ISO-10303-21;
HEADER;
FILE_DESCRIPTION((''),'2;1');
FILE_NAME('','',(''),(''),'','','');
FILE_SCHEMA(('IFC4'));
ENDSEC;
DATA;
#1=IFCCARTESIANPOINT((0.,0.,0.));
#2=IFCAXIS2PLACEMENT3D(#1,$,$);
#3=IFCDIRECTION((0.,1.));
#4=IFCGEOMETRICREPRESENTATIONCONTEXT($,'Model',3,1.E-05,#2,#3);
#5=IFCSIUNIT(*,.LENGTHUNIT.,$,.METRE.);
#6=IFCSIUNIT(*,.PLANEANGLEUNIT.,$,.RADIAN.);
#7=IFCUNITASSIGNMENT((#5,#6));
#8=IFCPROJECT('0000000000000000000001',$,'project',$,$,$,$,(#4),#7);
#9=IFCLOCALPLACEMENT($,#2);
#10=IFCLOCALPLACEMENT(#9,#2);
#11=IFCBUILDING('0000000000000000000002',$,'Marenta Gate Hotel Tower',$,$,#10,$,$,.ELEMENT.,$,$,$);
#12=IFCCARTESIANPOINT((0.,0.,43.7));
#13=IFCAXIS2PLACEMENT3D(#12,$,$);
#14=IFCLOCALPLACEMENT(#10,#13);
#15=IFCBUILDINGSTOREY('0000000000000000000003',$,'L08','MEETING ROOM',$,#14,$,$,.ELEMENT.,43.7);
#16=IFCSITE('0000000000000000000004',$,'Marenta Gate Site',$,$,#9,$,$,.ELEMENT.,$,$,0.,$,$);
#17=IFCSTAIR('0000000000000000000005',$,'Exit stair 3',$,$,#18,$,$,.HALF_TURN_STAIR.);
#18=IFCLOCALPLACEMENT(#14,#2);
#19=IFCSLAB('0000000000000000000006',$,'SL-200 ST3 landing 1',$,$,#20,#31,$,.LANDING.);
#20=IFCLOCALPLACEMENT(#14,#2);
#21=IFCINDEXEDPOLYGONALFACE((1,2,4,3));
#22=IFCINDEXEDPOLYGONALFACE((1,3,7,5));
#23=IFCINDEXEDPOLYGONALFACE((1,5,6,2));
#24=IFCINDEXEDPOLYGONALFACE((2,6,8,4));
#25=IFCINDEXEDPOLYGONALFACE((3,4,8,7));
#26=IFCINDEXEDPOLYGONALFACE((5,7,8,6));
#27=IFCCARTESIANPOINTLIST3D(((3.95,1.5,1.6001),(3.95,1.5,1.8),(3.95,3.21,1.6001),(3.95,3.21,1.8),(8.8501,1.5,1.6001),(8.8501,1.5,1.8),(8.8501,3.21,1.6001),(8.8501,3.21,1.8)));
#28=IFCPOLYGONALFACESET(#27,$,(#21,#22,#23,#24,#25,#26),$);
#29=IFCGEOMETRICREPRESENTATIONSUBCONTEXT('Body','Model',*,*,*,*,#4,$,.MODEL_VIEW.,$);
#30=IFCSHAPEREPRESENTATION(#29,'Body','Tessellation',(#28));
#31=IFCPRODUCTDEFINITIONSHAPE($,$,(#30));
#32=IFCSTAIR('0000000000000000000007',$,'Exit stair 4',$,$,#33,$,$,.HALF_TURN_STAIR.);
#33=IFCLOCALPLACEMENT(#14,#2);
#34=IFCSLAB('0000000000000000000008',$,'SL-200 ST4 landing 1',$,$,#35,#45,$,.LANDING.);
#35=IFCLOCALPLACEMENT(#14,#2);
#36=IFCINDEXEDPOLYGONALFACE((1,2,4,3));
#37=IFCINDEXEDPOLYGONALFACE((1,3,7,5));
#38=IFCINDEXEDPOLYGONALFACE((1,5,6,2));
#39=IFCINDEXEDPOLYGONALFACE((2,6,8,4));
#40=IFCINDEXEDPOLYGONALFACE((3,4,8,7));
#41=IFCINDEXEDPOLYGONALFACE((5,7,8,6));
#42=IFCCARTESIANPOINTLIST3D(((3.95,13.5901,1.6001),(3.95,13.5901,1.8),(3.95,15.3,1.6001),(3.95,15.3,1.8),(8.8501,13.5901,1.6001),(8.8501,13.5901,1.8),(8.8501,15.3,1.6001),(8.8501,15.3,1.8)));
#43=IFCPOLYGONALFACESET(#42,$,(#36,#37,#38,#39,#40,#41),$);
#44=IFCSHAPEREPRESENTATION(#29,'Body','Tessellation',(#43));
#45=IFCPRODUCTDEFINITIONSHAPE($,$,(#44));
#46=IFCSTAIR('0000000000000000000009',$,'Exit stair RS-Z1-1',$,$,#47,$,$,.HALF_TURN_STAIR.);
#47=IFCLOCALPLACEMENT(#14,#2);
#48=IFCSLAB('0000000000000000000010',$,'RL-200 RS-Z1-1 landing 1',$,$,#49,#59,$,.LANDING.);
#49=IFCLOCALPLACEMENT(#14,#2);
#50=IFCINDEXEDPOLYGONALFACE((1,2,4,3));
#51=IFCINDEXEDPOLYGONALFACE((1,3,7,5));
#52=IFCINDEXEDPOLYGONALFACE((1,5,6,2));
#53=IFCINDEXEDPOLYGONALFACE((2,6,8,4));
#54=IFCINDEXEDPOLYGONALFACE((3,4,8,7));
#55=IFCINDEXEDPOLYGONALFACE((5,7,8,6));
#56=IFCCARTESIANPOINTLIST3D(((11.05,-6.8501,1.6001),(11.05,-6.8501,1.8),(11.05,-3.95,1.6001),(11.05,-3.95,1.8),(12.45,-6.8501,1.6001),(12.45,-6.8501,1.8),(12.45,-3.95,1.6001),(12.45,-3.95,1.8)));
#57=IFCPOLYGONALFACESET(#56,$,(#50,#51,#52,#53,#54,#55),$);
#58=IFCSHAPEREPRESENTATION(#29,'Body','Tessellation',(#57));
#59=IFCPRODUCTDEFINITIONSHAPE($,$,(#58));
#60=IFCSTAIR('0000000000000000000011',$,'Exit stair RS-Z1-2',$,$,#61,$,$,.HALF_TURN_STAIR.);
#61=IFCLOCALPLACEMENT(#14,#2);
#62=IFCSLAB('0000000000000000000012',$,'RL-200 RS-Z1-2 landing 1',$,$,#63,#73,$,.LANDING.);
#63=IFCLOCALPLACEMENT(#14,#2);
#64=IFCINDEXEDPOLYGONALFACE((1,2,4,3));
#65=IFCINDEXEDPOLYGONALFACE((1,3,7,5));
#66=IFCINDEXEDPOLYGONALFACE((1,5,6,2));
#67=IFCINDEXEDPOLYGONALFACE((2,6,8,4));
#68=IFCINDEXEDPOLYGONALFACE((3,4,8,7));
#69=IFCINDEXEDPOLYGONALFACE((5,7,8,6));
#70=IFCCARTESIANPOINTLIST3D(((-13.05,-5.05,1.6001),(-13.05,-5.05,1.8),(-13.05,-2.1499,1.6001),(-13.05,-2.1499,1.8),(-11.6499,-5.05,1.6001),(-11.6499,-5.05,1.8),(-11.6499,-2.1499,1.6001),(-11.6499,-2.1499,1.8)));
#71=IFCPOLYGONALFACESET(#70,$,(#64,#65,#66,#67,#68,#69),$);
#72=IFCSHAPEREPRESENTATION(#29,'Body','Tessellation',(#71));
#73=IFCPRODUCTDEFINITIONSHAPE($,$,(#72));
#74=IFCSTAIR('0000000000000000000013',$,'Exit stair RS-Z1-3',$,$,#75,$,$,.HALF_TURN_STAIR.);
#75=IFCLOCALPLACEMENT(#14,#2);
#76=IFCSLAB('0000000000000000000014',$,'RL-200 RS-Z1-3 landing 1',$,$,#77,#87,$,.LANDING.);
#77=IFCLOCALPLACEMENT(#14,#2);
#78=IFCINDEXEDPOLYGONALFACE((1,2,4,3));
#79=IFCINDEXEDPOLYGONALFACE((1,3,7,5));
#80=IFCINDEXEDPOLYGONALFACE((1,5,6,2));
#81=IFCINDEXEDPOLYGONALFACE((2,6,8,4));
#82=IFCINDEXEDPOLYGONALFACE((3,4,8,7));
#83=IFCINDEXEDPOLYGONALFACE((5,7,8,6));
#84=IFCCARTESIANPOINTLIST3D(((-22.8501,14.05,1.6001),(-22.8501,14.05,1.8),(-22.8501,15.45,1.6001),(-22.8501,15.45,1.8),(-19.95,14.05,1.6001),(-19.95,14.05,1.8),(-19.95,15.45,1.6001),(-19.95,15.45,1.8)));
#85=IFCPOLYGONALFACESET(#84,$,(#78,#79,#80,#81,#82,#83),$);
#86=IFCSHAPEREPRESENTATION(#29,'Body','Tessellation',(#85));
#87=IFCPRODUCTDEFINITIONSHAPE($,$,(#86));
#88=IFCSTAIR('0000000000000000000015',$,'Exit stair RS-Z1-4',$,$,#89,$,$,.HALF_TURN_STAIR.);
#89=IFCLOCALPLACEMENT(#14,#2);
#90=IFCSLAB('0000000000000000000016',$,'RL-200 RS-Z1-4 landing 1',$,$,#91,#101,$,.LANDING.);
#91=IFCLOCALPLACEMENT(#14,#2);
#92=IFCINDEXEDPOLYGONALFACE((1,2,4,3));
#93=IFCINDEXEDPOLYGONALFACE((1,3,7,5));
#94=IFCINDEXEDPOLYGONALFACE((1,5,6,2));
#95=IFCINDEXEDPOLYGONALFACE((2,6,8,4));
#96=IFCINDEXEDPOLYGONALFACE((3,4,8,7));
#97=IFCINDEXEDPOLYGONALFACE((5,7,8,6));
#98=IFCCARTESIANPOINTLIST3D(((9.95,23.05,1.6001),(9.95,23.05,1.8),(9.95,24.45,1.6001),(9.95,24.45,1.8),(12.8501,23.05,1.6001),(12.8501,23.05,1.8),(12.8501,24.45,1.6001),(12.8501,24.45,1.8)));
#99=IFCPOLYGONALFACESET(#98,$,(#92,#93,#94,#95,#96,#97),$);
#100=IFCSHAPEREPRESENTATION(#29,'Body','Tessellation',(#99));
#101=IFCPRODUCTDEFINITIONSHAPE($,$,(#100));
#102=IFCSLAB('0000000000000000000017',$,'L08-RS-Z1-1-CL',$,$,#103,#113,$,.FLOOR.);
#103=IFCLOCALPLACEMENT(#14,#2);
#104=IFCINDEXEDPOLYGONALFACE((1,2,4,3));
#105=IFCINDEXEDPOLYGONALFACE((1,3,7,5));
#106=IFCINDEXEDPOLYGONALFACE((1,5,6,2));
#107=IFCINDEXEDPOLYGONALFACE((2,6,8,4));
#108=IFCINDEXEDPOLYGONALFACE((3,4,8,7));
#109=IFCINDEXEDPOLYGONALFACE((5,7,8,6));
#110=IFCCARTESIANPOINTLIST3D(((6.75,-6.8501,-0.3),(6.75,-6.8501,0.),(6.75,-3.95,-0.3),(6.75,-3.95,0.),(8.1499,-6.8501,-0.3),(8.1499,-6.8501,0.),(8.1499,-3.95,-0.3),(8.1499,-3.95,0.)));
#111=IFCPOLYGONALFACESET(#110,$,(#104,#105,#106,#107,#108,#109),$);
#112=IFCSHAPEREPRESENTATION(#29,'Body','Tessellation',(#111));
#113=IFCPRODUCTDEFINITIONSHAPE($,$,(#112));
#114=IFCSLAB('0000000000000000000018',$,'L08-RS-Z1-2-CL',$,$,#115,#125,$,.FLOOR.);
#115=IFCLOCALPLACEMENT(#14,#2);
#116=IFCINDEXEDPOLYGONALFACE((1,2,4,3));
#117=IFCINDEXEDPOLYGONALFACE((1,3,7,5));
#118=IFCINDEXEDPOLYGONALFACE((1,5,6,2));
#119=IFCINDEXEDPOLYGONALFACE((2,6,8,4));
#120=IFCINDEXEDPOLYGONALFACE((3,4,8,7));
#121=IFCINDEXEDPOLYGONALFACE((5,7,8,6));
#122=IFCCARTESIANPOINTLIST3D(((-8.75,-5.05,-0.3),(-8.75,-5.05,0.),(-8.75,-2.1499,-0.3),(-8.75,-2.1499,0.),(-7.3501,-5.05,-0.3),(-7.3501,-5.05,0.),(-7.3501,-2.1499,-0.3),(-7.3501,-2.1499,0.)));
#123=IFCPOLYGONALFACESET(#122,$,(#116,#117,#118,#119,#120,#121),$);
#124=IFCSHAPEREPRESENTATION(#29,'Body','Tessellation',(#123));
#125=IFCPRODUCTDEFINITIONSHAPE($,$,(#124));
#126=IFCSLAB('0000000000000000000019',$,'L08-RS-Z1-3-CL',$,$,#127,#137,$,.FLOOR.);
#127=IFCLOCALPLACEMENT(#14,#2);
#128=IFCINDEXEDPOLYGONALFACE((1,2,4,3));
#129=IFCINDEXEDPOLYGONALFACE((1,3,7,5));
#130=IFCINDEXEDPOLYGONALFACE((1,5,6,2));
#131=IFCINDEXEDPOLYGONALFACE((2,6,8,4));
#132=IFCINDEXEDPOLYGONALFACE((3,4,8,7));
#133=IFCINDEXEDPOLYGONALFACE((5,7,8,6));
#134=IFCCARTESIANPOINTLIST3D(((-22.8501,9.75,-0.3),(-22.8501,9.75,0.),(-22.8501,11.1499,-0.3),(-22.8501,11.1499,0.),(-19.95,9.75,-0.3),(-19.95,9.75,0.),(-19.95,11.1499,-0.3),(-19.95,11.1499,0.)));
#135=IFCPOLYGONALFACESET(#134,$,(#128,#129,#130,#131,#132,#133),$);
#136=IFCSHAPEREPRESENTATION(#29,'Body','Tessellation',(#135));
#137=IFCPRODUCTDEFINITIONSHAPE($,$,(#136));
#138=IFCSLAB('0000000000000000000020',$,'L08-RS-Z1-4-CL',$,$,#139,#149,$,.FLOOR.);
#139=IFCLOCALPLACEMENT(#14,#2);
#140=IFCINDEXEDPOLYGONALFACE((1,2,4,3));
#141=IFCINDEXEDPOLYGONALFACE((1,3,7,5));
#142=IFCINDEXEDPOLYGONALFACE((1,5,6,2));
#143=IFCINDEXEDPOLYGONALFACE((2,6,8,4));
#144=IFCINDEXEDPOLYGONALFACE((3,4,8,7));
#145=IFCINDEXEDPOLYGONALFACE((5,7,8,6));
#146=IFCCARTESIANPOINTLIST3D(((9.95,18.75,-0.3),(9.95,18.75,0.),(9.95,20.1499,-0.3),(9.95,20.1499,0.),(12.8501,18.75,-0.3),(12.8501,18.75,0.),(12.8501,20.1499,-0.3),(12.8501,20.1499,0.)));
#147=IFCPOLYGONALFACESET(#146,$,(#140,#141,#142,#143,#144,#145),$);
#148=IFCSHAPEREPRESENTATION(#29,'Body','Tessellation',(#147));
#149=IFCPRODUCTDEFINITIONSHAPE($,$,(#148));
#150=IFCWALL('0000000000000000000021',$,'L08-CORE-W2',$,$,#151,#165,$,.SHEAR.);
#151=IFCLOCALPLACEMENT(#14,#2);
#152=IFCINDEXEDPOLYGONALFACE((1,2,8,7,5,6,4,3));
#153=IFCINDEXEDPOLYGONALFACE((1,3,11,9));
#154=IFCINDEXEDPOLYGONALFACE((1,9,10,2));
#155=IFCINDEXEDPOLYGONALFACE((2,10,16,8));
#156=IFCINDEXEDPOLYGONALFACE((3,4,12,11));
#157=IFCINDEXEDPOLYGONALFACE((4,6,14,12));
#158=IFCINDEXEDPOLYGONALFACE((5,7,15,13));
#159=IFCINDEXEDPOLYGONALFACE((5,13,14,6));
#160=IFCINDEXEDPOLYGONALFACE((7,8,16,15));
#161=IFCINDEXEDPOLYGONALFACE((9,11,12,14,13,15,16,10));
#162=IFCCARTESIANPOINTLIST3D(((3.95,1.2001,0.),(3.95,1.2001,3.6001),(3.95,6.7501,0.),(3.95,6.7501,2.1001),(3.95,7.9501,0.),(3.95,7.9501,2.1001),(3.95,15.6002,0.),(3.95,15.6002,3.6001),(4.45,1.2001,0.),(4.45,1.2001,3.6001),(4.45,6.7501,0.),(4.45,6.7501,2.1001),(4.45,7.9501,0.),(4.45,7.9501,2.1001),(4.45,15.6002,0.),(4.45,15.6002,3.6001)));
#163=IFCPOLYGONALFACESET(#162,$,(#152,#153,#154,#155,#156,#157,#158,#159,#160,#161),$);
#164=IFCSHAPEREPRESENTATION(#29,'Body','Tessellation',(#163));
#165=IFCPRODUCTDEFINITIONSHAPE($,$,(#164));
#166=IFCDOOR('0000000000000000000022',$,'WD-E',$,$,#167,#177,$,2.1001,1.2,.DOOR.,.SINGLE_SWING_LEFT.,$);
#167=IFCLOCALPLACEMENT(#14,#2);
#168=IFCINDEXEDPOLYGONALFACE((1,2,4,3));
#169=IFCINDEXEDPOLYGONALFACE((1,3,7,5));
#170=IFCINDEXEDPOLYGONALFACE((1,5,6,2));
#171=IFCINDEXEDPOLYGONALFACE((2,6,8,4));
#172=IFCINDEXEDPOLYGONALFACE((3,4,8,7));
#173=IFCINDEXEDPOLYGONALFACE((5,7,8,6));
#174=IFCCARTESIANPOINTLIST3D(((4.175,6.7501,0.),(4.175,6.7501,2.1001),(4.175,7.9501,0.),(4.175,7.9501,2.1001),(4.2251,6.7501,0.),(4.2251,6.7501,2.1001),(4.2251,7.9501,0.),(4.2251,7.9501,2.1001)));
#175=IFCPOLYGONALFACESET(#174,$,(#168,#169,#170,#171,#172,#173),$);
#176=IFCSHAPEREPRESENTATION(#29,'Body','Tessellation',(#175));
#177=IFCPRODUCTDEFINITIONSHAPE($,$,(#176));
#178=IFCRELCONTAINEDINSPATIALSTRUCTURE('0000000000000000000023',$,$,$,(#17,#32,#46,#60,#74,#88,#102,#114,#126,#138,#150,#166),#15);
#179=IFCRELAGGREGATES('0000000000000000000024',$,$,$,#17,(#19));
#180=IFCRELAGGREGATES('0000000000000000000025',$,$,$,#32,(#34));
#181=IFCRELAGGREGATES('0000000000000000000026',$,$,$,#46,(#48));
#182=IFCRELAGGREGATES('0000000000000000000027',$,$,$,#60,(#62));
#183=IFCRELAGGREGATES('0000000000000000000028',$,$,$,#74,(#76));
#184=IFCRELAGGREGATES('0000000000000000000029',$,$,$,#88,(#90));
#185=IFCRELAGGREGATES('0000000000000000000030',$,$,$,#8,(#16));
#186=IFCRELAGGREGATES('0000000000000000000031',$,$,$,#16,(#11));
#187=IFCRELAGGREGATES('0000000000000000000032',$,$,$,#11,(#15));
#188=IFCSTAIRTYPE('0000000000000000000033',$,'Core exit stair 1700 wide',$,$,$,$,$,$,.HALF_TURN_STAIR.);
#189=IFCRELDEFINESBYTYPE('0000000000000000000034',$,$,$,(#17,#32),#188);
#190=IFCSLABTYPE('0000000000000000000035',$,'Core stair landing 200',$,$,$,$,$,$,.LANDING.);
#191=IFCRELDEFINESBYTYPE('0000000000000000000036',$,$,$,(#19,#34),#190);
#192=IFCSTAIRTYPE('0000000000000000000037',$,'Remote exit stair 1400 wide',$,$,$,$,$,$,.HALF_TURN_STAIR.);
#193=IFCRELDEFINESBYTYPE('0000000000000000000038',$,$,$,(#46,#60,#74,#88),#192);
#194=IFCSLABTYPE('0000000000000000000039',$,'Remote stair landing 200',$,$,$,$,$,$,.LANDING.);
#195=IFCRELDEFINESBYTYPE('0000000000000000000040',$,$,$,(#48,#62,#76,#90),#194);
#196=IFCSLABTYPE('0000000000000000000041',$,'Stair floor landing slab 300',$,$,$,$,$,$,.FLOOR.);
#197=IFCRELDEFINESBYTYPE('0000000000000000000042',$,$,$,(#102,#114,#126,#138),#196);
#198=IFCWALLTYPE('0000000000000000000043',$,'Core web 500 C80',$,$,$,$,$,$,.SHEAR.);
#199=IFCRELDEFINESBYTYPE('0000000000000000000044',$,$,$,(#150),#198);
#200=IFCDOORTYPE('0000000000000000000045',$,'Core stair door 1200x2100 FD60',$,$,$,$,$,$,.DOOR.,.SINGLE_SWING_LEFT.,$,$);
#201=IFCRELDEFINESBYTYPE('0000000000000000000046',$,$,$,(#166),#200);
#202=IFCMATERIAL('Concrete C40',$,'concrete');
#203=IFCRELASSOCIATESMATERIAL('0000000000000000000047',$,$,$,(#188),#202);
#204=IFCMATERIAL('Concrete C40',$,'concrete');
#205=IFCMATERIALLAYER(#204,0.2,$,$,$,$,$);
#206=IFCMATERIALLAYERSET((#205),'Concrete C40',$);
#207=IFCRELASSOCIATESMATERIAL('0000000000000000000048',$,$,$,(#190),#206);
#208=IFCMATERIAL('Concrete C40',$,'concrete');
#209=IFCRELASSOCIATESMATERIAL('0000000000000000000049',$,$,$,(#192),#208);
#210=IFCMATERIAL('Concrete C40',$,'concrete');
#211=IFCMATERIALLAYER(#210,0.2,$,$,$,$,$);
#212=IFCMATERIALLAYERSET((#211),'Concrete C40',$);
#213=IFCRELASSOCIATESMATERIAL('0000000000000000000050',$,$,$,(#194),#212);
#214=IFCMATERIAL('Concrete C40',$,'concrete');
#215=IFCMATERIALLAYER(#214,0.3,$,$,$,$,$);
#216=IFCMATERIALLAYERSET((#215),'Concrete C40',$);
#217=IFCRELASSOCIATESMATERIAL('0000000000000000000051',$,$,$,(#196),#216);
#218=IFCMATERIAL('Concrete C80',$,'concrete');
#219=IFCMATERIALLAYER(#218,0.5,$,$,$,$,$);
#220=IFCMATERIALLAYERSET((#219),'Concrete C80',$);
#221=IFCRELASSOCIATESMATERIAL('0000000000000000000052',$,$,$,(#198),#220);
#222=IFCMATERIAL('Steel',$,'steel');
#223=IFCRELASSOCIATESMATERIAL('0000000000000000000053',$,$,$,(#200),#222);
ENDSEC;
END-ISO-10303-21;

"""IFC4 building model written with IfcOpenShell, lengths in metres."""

from ifc_helpers import new_model, si_unit, direction, frame, frame_2d, origin, place, context, subcontext, project, spatial, polyline, rectangle, outline, extrude, material, layer, layer_set, type_object, element, fill, aggregate, save


model = new_model("IFC4")

# Units and contexts
model_context = context("Model", 3, precision=1e-05, world=origin(), true_north=direction((0.0, 1.0)))
body_context = subcontext(model_context, "Body", "Model", "MODEL_VIEW")
ifc_project = project(units=[si_unit("LENGTHUNIT", "METRE"), si_unit("PLANEANGLEUNIT", "RADIAN")], contexts=[model_context])

# Site, building, storey
site_placement = place(None, origin())
site = spatial("IfcSite", under=ifc_project, at=site_placement, Name="Marenta Gate Site", CompositionType="ELEMENT", RefElevation=0.0)
building_placement = place(site_placement, origin())
building = spatial("IfcBuilding", under=site, at=building_placement, Name="Marenta Gate Hotel Tower", CompositionType="ELEMENT")
storey_placement = place(building_placement, frame((0.0, 0.0, 43.7)))
storey = spatial("IfcBuildingStorey", under=building, at=storey_placement, Name="L08", Description="MEETING ROOM", CompositionType="ELEMENT", Elevation=43.7)

# Stairs, slabs
ifc_material_1 = material(Name="Concrete C40", Category="concrete")
stair_type_1 = type_object("IfcStairType", Name="Core exit stair 1700 wide", PredefinedType="HALF_TURN_STAIR", material=ifc_material_1)
stair_1_placement = place(storey_placement, origin())
stair_1 = element("IfcStair", 1, at=stair_1_placement, inside=storey, type_object=stair_type_1, Name="Exit stair 3", PredefinedType="HALF_TURN_STAIR")
ifc_material_2 = material(Name="Concrete C40", Category="concrete")
ifc_layer_1 = layer(ifc_material_2, 0.2)
ifc_layer_set_1 = layer_set([ifc_layer_1], Name="Concrete C40")
slab_type_1 = type_object("IfcSlabType", Name="Core stair landing 200", PredefinedType="LANDING", material=ifc_layer_set_1)
slab_1_placement = place(storey_placement, frame((0.0, 0.0, 1.6001)))
slab_1 = element("IfcSlab", 2, at=slab_1_placement, type_object=slab_type_1, Name="SL-200 ST3 landing 1", PredefinedType="LANDING", context=body_context, shape_type="SweptSolid", body=[
    extrude(outline(polyline([(3.95, 1.5), (8.8501, 1.5), (8.8501, 3.21), (3.95, 3.21), (3.95, 1.5)])), origin(), (0.0, 0.0, 1.0), 0.2),
])
aggregate(stair_1, [slab_1])
stair_2_placement = place(storey_placement, origin())
stair_2 = element("IfcStair", 3, at=stair_2_placement, inside=storey, type_object=stair_type_1, Name="Exit stair 4", PredefinedType="HALF_TURN_STAIR")
slab_2_placement = place(storey_placement, frame((0.0, 0.0, 1.6001)))
slab_2 = element("IfcSlab", 4, at=slab_2_placement, type_object=slab_type_1, Name="SL-200 ST4 landing 1", PredefinedType="LANDING", context=body_context, shape_type="SweptSolid", body=[
    extrude(outline(polyline([(3.95, 13.5901), (8.8501, 13.5901), (8.8501, 15.3), (3.95, 15.3), (3.95, 13.5901)])), origin(), (0.0, 0.0, 1.0), 0.2),
])
aggregate(stair_2, [slab_2])
ifc_material_3 = material(Name="Concrete C40", Category="concrete")
stair_type_2 = type_object("IfcStairType", Name="Remote exit stair 1400 wide", PredefinedType="HALF_TURN_STAIR", material=ifc_material_3)
stair_3_placement = place(storey_placement, origin())
stair_3 = element("IfcStair", 5, at=stair_3_placement, inside=storey, type_object=stair_type_2, Name="Exit stair RS-Z1-1", PredefinedType="HALF_TURN_STAIR")
ifc_material_4 = material(Name="Concrete C40", Category="concrete")
ifc_layer_2 = layer(ifc_material_4, 0.2)
ifc_layer_set_2 = layer_set([ifc_layer_2], Name="Concrete C40")
slab_type_2 = type_object("IfcSlabType", Name="Remote stair landing 200", PredefinedType="LANDING", material=ifc_layer_set_2)
slab_3_placement = place(storey_placement, frame((0.0, 0.0, 1.6001)))
slab_3 = element("IfcSlab", 6, at=slab_3_placement, type_object=slab_type_2, Name="RL-200 RS-Z1-1 landing 1", PredefinedType="LANDING", context=body_context, shape_type="SweptSolid", body=[
    extrude(outline(polyline([(11.05, -6.8501), (12.45, -6.8501), (12.45, -3.95), (11.05, -3.95), (11.05, -6.8501)])), origin(), (0.0, 0.0, 1.0), 0.2),
])
aggregate(stair_3, [slab_3])
stair_4_placement = place(storey_placement, origin())
stair_4 = element("IfcStair", 7, at=stair_4_placement, inside=storey, type_object=stair_type_2, Name="Exit stair RS-Z1-2", PredefinedType="HALF_TURN_STAIR")
slab_4_placement = place(storey_placement, frame((0.0, 0.0, 1.6001)))
slab_4 = element("IfcSlab", 8, at=slab_4_placement, type_object=slab_type_2, Name="RL-200 RS-Z1-2 landing 1", PredefinedType="LANDING", context=body_context, shape_type="SweptSolid", body=[
    extrude(outline(polyline([(-13.05, -5.05), (-11.6499, -5.05), (-11.6499, -2.1499), (-13.05, -2.1499), (-13.05, -5.05)])), origin(), (0.0, 0.0, 1.0), 0.2),
])
aggregate(stair_4, [slab_4])
stair_5_placement = place(storey_placement, origin())
stair_5 = element("IfcStair", 9, at=stair_5_placement, inside=storey, type_object=stair_type_2, Name="Exit stair RS-Z1-3", PredefinedType="HALF_TURN_STAIR")
slab_5_placement = place(storey_placement, frame((0.0, 0.0, 1.6001)))
slab_5 = element("IfcSlab", 10, at=slab_5_placement, type_object=slab_type_2, Name="RL-200 RS-Z1-3 landing 1", PredefinedType="LANDING", context=body_context, shape_type="SweptSolid", body=[
    extrude(outline(polyline([(-22.8501, 14.05), (-19.95, 14.05), (-19.95, 15.45), (-22.8501, 15.45), (-22.8501, 14.05)])), origin(), (0.0, 0.0, 1.0), 0.2),
])
aggregate(stair_5, [slab_5])
stair_6_placement = place(storey_placement, origin())
stair_6 = element("IfcStair", 11, at=stair_6_placement, inside=storey, type_object=stair_type_2, Name="Exit stair RS-Z1-4", PredefinedType="HALF_TURN_STAIR")
slab_6_placement = place(storey_placement, frame((0.0, 0.0, 1.6001)))
slab_6 = element("IfcSlab", 12, at=slab_6_placement, type_object=slab_type_2, Name="RL-200 RS-Z1-4 landing 1", PredefinedType="LANDING", context=body_context, shape_type="SweptSolid", body=[
    extrude(outline(polyline([(9.95, 23.05), (12.8501, 23.05), (12.8501, 24.45), (9.95, 24.45), (9.95, 23.05)])), origin(), (0.0, 0.0, 1.0), 0.2),
])
aggregate(stair_6, [slab_6])

# Slabs
ifc_material_5 = material(Name="Concrete C40", Category="concrete")
ifc_layer_3 = layer(ifc_material_5, 0.3)
ifc_layer_set_3 = layer_set([ifc_layer_3], Name="Concrete C40")
slab_type_3 = type_object("IfcSlabType", Name="Stair floor landing slab 300", PredefinedType="FLOOR", material=ifc_layer_set_3)
slab_7_placement = place(storey_placement, frame((0.0, 0.0, -0.3)))
element("IfcSlab", 13, at=slab_7_placement, inside=storey, type_object=slab_type_3, Name="L08-RS-Z1-1-CL", PredefinedType="FLOOR", context=body_context, shape_type="SweptSolid", body=[
    extrude(outline(polyline([(8.1499, -6.8501), (8.1499, -3.95), (6.75, -3.95), (6.75, -6.8501), (8.1499, -6.8501)])), origin(), (0.0, 0.0, 1.0), 0.3),
])
slab_8_placement = place(storey_placement, frame((0.0, 0.0, -0.3)))
element("IfcSlab", 14, at=slab_8_placement, inside=storey, type_object=slab_type_3, Name="L08-RS-Z1-2-CL", PredefinedType="FLOOR", context=body_context, shape_type="SweptSolid", body=[
    extrude(outline(polyline([(-7.3501, -5.05), (-7.3501, -2.1499), (-8.75, -2.1499), (-8.75, -5.05), (-7.3501, -5.05)])), origin(), (0.0, 0.0, 1.0), 0.3),
])
slab_9_placement = place(storey_placement, frame((0.0, 0.0, -0.3)))
element("IfcSlab", 15, at=slab_9_placement, inside=storey, type_object=slab_type_3, Name="L08-RS-Z1-3-CL", PredefinedType="FLOOR", context=body_context, shape_type="SweptSolid", body=[
    extrude(outline(polyline([(-19.95, 9.75), (-19.95, 11.1499), (-22.8501, 11.1499), (-22.8501, 9.75), (-19.95, 9.75)])), origin(), (0.0, 0.0, 1.0), 0.3),
])
slab_10_placement = place(storey_placement, frame((0.0, 0.0, -0.3)))
element("IfcSlab", 16, at=slab_10_placement, inside=storey, type_object=slab_type_3, Name="L08-RS-Z1-4-CL", PredefinedType="FLOOR", context=body_context, shape_type="SweptSolid", body=[
    extrude(outline(polyline([(12.8501, 18.75), (12.8501, 20.1499), (9.95, 20.1499), (9.95, 18.75), (12.8501, 18.75)])), origin(), (0.0, 0.0, 1.0), 0.3),
])

# Wall, opening, door
ifc_material_6 = material(Name="Concrete C80", Category="concrete")
ifc_layer_4 = layer(ifc_material_6, 0.5)
ifc_layer_set_4 = layer_set([ifc_layer_4], Name="Concrete C80")
wall_type_1 = type_object("IfcWallType", Name="Core web 500 C80", PredefinedType="SHEAR", material=ifc_layer_set_4)
wall_1_placement = place(storey_placement, frame((4.2, 1.2, 0.0), z_axis=(0.0, 0.0, 1.0), x_axis=(0.0, 1.0, 0.0)))
wall_1 = element("IfcWall", 17, at=wall_1_placement, inside=storey, type_object=wall_type_1, Name="L08-CORE-W2", PredefinedType="SHEAR", context=body_context, shape_type="SweptSolid", body=[
    extrude(rectangle(XDim=14.4001, YDim=0.5, at=frame_2d((7.2002, 0.0))), origin(), (0.0, 0.0, 1.0), 3.6001),
])
opening_1_placement = place(wall_1_placement, frame((5.55, 0.0, 0.0)))
opening_1 = element("IfcOpeningElement", 18, at=opening_1_placement, cuts=wall_1, PredefinedType="OPENING", context=body_context, shape_type="SweptSolid", body=[
    extrude(rectangle(XDim=1.2, YDim=2.1001, at=frame_2d((0.6001, 1.05))), frame((0.0, 0.25, 0.0), z_axis=(0.0, -1.0, 0.0), x_axis=(1.0, 0.0, 0.0)), (0.0, 0.0, 1.0), 0.5),
])
ifc_material_7 = material(Name="Steel", Category="steel")
door_type_1 = type_object("IfcDoorType", Name="Core stair door 1200x2100 FD60", OperationType="SINGLE_SWING_LEFT", PredefinedType="DOOR", material=ifc_material_7)
door_1_placement = place(opening_1_placement, origin())
door_1 = element("IfcDoor", 19, at=door_1_placement, inside=storey, type_object=door_type_1, Name="WD-E", OperationType="SINGLE_SWING_LEFT", OverallHeight=2.1001, OverallWidth=1.2, PredefinedType="DOOR", context=body_context, shape_type="SweptSolid", body=[
    extrude(rectangle(XDim=1.2, YDim=2.1001, at=frame_2d((0.6001, 1.05))), frame((0.0, 0.0249, 0.0), z_axis=(0.0, -1.0, 0.0), x_axis=(1.0, 0.0, 0.0)), (0.0, 0.0, 1.0), 0.05),
])
fill(opening_1, door_1)

save(model, "model.ifc")
